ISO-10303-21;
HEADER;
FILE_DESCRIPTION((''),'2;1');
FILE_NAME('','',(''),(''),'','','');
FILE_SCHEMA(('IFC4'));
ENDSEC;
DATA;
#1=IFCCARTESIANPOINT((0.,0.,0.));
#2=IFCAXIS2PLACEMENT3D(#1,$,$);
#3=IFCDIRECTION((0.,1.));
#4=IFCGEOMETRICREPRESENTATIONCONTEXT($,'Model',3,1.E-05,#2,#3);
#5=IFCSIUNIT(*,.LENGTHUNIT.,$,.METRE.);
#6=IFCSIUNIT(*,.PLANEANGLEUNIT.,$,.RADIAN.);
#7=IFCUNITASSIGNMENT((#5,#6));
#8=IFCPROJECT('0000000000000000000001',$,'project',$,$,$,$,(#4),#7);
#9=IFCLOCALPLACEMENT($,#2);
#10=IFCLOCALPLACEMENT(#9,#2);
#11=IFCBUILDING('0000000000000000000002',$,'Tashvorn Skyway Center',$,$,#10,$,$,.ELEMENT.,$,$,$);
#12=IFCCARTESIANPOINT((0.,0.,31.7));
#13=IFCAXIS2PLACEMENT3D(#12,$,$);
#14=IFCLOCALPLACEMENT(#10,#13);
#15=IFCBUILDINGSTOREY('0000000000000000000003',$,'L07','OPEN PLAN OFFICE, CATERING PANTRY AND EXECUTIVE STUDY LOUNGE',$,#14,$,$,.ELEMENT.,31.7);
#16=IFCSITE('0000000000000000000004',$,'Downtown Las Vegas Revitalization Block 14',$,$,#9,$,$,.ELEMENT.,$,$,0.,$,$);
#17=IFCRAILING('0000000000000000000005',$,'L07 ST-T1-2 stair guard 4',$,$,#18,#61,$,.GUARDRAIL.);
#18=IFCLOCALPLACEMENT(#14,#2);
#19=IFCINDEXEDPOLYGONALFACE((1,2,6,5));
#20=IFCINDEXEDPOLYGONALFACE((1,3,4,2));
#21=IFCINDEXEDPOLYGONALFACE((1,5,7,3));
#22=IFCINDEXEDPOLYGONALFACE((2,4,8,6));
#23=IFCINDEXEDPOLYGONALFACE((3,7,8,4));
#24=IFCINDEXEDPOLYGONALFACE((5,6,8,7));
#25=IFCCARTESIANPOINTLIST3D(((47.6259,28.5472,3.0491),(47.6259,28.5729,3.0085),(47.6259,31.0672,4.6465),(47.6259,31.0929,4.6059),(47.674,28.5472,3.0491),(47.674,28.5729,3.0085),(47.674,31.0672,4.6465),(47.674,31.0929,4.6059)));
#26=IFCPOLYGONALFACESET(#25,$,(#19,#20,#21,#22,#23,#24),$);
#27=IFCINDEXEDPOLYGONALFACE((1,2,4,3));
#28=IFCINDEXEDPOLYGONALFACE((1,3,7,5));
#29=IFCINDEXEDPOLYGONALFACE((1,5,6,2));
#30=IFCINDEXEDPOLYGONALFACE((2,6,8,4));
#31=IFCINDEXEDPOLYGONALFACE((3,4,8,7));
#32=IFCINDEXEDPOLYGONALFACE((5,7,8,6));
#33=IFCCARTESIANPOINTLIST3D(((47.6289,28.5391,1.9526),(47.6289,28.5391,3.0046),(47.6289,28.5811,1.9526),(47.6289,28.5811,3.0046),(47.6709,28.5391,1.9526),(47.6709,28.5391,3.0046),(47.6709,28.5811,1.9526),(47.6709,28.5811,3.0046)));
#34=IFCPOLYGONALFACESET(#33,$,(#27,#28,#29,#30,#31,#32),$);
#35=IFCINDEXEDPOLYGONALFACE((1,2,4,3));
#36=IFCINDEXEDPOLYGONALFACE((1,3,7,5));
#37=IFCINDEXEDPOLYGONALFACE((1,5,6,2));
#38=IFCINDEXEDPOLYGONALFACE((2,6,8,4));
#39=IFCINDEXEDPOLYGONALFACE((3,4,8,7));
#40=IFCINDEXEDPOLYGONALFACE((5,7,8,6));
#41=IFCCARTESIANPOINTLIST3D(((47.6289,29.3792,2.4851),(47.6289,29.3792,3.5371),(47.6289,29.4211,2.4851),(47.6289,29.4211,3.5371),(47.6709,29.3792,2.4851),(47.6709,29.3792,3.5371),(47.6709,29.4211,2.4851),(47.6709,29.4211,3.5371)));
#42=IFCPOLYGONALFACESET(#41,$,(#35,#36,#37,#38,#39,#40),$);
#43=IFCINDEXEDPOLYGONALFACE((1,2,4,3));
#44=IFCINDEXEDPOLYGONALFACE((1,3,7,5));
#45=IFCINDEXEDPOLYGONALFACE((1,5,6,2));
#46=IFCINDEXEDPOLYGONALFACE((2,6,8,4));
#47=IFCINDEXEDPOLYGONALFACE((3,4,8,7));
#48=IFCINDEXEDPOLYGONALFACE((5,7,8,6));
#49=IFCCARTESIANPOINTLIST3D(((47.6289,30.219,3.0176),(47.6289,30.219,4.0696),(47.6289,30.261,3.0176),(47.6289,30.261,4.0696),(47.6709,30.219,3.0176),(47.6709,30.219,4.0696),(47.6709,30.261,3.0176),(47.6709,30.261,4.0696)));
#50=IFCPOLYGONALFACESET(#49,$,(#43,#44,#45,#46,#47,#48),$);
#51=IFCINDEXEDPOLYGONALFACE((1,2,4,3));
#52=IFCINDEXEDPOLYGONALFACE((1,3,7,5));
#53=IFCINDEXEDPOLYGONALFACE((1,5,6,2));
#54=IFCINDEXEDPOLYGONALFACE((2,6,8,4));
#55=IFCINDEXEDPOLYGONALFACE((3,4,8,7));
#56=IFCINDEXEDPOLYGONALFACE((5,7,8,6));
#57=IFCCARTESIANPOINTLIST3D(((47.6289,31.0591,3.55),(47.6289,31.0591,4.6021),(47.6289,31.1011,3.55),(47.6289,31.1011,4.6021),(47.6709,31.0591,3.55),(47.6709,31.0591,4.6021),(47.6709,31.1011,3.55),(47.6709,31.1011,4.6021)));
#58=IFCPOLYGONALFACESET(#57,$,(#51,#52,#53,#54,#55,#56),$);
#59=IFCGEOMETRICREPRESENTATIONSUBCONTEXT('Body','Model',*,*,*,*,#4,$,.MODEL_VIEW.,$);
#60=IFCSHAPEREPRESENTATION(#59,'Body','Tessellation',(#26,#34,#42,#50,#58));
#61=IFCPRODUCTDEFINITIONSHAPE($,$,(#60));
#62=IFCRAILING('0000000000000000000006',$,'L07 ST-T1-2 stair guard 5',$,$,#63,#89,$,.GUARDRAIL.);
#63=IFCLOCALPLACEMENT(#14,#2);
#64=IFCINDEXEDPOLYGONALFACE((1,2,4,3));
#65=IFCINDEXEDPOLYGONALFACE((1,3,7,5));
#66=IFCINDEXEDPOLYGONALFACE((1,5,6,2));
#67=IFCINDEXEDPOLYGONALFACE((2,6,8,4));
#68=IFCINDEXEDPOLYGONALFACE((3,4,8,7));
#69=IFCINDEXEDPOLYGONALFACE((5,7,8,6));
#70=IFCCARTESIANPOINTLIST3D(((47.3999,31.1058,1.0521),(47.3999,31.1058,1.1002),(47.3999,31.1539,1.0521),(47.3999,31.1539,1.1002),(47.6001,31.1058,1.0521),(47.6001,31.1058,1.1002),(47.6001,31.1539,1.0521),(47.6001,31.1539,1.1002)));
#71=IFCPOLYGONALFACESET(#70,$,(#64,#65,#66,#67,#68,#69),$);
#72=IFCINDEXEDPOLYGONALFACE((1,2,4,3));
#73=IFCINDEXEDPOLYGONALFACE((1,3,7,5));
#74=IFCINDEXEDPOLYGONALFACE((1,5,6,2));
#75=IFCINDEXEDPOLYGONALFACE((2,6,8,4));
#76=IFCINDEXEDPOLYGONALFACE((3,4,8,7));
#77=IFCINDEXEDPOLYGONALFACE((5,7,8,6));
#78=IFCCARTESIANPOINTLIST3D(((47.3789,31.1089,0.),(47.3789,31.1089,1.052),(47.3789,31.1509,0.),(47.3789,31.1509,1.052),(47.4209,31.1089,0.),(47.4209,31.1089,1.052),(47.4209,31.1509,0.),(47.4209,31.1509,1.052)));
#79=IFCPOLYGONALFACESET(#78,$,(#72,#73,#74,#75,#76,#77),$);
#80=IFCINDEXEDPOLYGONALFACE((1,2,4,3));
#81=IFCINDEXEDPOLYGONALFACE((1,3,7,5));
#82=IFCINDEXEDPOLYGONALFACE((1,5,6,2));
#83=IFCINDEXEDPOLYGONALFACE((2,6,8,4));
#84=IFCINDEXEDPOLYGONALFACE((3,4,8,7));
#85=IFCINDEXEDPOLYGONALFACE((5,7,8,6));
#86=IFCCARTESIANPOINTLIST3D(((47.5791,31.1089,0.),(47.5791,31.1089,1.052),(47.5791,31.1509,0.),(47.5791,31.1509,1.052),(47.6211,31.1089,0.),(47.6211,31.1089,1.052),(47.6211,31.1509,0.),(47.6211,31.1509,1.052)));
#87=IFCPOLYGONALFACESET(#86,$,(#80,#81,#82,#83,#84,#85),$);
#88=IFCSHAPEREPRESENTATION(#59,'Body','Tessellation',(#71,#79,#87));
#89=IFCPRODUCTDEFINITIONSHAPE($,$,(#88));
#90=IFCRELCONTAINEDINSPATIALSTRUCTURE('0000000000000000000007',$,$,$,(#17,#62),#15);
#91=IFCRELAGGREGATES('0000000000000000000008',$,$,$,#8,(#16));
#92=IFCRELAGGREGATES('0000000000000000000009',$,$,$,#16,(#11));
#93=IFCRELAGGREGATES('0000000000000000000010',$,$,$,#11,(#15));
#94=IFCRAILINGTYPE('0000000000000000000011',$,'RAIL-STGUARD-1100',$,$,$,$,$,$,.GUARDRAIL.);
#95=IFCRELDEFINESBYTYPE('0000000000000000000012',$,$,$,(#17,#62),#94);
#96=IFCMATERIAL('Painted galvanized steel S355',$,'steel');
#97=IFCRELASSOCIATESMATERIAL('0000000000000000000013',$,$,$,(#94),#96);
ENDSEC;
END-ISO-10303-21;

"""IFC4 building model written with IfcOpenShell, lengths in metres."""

from ifc_helpers import new_model, si_unit, direction, frame, origin, origin_2d, place, context, subcontext, project, spatial, rectangle, extrude, material, type_object, element, save


model = new_model("IFC4")

# Units and contexts
model_context = context("Model", 3, precision=1e-05, world=origin(), true_north=direction((0.0, 1.0)))
body_context = subcontext(model_context, "Body", "Model", "MODEL_VIEW")
ifc_project = project(units=[si_unit("LENGTHUNIT", "METRE"), si_unit("PLANEANGLEUNIT", "RADIAN")], contexts=[model_context])

# Site, building, storey
site_placement = place(None, origin())
site = spatial("IfcSite", under=ifc_project, at=site_placement, Name="Downtown Las Vegas Revitalization Block 14", CompositionType="ELEMENT", RefElevation=0.0)
building_placement = place(site_placement, origin())
building = spatial("IfcBuilding", under=site, at=building_placement, Name="Tashvorn Skyway Center", CompositionType="ELEMENT")
storey_placement = place(building_placement, frame((0.0, 0.0, 31.7)))
storey = spatial("IfcBuildingStorey", under=building, at=storey_placement, Name="L07", Description="OPEN PLAN OFFICE, CATERING PANTRY AND EXECUTIVE STUDY LOUNGE", CompositionType="ELEMENT", Elevation=31.7)

# Railings
ifc_material_1 = material(Name="Painted galvanized steel S355", Category="steel")
railing_type_1 = type_object("IfcRailingType", Name="RAIL-STGUARD-1100", PredefinedType="GUARDRAIL", material=ifc_material_1)
railing_1_placement = place(storey_placement, frame((47.6499, 28.5601, 1.9526)))
element("IfcRailing", 1, at=railing_1_placement, inside=storey, type_object=railing_type_1, Name="L07 ST-T1-2 stair guard 4", PredefinedType="GUARDRAIL", context=body_context, shape_type="SweptSolid", body=[
    extrude(rectangle(XDim=0.0481, YDim=0.0481, at=origin_2d()), frame((0.0, 0.0, 1.0762), z_axis=(0.0, 0.844607, 0.535387), x_axis=(-1.0, 0.0, 0.0)), (0.0, 0.0, 1.0), 2.9836),
    extrude(rectangle(XDim=0.042, YDim=0.042, at=origin_2d()), origin(), (0.0, 0.0, 1.0), 1.052),
    extrude(rectangle(XDim=0.042, YDim=0.042, at=origin_2d()), frame((0.0, 0.8401, 0.5325)), (0.0, 0.0, 1.0), 1.052),
    extrude(rectangle(XDim=0.042, YDim=0.042, at=origin_2d()), frame((0.0, 1.6799, 1.0649)), (0.0, 0.0, 1.0), 1.052),
    extrude(rectangle(XDim=0.042, YDim=0.042, at=origin_2d()), frame((0.0, 2.52, 1.5974)), (0.0, 0.0, 1.0), 1.052),
])
railing_2_placement = place(storey_placement, frame((47.3999, 31.1299, 0.0)))
element("IfcRailing", 2, at=railing_2_placement, inside=storey, type_object=railing_type_1, Name="L07 ST-T1-2 stair guard 5", PredefinedType="GUARDRAIL", context=body_context, shape_type="SweptSolid", body=[
    extrude(rectangle(XDim=0.0481, YDim=0.0481, at=origin_2d()), frame((0.0, 0.0, 1.0762), z_axis=(1.0, 0.0, 0.0), x_axis=(0.0, 1.0, 0.0)), (0.0, 0.0, 1.0), 0.2002),
    extrude(rectangle(XDim=0.042, YDim=0.042, at=origin_2d()), origin(), (0.0, 0.0, 1.0), 1.052),
    extrude(rectangle(XDim=0.042, YDim=0.042, at=origin_2d()), frame((0.2002, 0.0, 0.0)), (0.0, 0.0, 1.0), 1.052),
])

save(model, "model.ifc")
